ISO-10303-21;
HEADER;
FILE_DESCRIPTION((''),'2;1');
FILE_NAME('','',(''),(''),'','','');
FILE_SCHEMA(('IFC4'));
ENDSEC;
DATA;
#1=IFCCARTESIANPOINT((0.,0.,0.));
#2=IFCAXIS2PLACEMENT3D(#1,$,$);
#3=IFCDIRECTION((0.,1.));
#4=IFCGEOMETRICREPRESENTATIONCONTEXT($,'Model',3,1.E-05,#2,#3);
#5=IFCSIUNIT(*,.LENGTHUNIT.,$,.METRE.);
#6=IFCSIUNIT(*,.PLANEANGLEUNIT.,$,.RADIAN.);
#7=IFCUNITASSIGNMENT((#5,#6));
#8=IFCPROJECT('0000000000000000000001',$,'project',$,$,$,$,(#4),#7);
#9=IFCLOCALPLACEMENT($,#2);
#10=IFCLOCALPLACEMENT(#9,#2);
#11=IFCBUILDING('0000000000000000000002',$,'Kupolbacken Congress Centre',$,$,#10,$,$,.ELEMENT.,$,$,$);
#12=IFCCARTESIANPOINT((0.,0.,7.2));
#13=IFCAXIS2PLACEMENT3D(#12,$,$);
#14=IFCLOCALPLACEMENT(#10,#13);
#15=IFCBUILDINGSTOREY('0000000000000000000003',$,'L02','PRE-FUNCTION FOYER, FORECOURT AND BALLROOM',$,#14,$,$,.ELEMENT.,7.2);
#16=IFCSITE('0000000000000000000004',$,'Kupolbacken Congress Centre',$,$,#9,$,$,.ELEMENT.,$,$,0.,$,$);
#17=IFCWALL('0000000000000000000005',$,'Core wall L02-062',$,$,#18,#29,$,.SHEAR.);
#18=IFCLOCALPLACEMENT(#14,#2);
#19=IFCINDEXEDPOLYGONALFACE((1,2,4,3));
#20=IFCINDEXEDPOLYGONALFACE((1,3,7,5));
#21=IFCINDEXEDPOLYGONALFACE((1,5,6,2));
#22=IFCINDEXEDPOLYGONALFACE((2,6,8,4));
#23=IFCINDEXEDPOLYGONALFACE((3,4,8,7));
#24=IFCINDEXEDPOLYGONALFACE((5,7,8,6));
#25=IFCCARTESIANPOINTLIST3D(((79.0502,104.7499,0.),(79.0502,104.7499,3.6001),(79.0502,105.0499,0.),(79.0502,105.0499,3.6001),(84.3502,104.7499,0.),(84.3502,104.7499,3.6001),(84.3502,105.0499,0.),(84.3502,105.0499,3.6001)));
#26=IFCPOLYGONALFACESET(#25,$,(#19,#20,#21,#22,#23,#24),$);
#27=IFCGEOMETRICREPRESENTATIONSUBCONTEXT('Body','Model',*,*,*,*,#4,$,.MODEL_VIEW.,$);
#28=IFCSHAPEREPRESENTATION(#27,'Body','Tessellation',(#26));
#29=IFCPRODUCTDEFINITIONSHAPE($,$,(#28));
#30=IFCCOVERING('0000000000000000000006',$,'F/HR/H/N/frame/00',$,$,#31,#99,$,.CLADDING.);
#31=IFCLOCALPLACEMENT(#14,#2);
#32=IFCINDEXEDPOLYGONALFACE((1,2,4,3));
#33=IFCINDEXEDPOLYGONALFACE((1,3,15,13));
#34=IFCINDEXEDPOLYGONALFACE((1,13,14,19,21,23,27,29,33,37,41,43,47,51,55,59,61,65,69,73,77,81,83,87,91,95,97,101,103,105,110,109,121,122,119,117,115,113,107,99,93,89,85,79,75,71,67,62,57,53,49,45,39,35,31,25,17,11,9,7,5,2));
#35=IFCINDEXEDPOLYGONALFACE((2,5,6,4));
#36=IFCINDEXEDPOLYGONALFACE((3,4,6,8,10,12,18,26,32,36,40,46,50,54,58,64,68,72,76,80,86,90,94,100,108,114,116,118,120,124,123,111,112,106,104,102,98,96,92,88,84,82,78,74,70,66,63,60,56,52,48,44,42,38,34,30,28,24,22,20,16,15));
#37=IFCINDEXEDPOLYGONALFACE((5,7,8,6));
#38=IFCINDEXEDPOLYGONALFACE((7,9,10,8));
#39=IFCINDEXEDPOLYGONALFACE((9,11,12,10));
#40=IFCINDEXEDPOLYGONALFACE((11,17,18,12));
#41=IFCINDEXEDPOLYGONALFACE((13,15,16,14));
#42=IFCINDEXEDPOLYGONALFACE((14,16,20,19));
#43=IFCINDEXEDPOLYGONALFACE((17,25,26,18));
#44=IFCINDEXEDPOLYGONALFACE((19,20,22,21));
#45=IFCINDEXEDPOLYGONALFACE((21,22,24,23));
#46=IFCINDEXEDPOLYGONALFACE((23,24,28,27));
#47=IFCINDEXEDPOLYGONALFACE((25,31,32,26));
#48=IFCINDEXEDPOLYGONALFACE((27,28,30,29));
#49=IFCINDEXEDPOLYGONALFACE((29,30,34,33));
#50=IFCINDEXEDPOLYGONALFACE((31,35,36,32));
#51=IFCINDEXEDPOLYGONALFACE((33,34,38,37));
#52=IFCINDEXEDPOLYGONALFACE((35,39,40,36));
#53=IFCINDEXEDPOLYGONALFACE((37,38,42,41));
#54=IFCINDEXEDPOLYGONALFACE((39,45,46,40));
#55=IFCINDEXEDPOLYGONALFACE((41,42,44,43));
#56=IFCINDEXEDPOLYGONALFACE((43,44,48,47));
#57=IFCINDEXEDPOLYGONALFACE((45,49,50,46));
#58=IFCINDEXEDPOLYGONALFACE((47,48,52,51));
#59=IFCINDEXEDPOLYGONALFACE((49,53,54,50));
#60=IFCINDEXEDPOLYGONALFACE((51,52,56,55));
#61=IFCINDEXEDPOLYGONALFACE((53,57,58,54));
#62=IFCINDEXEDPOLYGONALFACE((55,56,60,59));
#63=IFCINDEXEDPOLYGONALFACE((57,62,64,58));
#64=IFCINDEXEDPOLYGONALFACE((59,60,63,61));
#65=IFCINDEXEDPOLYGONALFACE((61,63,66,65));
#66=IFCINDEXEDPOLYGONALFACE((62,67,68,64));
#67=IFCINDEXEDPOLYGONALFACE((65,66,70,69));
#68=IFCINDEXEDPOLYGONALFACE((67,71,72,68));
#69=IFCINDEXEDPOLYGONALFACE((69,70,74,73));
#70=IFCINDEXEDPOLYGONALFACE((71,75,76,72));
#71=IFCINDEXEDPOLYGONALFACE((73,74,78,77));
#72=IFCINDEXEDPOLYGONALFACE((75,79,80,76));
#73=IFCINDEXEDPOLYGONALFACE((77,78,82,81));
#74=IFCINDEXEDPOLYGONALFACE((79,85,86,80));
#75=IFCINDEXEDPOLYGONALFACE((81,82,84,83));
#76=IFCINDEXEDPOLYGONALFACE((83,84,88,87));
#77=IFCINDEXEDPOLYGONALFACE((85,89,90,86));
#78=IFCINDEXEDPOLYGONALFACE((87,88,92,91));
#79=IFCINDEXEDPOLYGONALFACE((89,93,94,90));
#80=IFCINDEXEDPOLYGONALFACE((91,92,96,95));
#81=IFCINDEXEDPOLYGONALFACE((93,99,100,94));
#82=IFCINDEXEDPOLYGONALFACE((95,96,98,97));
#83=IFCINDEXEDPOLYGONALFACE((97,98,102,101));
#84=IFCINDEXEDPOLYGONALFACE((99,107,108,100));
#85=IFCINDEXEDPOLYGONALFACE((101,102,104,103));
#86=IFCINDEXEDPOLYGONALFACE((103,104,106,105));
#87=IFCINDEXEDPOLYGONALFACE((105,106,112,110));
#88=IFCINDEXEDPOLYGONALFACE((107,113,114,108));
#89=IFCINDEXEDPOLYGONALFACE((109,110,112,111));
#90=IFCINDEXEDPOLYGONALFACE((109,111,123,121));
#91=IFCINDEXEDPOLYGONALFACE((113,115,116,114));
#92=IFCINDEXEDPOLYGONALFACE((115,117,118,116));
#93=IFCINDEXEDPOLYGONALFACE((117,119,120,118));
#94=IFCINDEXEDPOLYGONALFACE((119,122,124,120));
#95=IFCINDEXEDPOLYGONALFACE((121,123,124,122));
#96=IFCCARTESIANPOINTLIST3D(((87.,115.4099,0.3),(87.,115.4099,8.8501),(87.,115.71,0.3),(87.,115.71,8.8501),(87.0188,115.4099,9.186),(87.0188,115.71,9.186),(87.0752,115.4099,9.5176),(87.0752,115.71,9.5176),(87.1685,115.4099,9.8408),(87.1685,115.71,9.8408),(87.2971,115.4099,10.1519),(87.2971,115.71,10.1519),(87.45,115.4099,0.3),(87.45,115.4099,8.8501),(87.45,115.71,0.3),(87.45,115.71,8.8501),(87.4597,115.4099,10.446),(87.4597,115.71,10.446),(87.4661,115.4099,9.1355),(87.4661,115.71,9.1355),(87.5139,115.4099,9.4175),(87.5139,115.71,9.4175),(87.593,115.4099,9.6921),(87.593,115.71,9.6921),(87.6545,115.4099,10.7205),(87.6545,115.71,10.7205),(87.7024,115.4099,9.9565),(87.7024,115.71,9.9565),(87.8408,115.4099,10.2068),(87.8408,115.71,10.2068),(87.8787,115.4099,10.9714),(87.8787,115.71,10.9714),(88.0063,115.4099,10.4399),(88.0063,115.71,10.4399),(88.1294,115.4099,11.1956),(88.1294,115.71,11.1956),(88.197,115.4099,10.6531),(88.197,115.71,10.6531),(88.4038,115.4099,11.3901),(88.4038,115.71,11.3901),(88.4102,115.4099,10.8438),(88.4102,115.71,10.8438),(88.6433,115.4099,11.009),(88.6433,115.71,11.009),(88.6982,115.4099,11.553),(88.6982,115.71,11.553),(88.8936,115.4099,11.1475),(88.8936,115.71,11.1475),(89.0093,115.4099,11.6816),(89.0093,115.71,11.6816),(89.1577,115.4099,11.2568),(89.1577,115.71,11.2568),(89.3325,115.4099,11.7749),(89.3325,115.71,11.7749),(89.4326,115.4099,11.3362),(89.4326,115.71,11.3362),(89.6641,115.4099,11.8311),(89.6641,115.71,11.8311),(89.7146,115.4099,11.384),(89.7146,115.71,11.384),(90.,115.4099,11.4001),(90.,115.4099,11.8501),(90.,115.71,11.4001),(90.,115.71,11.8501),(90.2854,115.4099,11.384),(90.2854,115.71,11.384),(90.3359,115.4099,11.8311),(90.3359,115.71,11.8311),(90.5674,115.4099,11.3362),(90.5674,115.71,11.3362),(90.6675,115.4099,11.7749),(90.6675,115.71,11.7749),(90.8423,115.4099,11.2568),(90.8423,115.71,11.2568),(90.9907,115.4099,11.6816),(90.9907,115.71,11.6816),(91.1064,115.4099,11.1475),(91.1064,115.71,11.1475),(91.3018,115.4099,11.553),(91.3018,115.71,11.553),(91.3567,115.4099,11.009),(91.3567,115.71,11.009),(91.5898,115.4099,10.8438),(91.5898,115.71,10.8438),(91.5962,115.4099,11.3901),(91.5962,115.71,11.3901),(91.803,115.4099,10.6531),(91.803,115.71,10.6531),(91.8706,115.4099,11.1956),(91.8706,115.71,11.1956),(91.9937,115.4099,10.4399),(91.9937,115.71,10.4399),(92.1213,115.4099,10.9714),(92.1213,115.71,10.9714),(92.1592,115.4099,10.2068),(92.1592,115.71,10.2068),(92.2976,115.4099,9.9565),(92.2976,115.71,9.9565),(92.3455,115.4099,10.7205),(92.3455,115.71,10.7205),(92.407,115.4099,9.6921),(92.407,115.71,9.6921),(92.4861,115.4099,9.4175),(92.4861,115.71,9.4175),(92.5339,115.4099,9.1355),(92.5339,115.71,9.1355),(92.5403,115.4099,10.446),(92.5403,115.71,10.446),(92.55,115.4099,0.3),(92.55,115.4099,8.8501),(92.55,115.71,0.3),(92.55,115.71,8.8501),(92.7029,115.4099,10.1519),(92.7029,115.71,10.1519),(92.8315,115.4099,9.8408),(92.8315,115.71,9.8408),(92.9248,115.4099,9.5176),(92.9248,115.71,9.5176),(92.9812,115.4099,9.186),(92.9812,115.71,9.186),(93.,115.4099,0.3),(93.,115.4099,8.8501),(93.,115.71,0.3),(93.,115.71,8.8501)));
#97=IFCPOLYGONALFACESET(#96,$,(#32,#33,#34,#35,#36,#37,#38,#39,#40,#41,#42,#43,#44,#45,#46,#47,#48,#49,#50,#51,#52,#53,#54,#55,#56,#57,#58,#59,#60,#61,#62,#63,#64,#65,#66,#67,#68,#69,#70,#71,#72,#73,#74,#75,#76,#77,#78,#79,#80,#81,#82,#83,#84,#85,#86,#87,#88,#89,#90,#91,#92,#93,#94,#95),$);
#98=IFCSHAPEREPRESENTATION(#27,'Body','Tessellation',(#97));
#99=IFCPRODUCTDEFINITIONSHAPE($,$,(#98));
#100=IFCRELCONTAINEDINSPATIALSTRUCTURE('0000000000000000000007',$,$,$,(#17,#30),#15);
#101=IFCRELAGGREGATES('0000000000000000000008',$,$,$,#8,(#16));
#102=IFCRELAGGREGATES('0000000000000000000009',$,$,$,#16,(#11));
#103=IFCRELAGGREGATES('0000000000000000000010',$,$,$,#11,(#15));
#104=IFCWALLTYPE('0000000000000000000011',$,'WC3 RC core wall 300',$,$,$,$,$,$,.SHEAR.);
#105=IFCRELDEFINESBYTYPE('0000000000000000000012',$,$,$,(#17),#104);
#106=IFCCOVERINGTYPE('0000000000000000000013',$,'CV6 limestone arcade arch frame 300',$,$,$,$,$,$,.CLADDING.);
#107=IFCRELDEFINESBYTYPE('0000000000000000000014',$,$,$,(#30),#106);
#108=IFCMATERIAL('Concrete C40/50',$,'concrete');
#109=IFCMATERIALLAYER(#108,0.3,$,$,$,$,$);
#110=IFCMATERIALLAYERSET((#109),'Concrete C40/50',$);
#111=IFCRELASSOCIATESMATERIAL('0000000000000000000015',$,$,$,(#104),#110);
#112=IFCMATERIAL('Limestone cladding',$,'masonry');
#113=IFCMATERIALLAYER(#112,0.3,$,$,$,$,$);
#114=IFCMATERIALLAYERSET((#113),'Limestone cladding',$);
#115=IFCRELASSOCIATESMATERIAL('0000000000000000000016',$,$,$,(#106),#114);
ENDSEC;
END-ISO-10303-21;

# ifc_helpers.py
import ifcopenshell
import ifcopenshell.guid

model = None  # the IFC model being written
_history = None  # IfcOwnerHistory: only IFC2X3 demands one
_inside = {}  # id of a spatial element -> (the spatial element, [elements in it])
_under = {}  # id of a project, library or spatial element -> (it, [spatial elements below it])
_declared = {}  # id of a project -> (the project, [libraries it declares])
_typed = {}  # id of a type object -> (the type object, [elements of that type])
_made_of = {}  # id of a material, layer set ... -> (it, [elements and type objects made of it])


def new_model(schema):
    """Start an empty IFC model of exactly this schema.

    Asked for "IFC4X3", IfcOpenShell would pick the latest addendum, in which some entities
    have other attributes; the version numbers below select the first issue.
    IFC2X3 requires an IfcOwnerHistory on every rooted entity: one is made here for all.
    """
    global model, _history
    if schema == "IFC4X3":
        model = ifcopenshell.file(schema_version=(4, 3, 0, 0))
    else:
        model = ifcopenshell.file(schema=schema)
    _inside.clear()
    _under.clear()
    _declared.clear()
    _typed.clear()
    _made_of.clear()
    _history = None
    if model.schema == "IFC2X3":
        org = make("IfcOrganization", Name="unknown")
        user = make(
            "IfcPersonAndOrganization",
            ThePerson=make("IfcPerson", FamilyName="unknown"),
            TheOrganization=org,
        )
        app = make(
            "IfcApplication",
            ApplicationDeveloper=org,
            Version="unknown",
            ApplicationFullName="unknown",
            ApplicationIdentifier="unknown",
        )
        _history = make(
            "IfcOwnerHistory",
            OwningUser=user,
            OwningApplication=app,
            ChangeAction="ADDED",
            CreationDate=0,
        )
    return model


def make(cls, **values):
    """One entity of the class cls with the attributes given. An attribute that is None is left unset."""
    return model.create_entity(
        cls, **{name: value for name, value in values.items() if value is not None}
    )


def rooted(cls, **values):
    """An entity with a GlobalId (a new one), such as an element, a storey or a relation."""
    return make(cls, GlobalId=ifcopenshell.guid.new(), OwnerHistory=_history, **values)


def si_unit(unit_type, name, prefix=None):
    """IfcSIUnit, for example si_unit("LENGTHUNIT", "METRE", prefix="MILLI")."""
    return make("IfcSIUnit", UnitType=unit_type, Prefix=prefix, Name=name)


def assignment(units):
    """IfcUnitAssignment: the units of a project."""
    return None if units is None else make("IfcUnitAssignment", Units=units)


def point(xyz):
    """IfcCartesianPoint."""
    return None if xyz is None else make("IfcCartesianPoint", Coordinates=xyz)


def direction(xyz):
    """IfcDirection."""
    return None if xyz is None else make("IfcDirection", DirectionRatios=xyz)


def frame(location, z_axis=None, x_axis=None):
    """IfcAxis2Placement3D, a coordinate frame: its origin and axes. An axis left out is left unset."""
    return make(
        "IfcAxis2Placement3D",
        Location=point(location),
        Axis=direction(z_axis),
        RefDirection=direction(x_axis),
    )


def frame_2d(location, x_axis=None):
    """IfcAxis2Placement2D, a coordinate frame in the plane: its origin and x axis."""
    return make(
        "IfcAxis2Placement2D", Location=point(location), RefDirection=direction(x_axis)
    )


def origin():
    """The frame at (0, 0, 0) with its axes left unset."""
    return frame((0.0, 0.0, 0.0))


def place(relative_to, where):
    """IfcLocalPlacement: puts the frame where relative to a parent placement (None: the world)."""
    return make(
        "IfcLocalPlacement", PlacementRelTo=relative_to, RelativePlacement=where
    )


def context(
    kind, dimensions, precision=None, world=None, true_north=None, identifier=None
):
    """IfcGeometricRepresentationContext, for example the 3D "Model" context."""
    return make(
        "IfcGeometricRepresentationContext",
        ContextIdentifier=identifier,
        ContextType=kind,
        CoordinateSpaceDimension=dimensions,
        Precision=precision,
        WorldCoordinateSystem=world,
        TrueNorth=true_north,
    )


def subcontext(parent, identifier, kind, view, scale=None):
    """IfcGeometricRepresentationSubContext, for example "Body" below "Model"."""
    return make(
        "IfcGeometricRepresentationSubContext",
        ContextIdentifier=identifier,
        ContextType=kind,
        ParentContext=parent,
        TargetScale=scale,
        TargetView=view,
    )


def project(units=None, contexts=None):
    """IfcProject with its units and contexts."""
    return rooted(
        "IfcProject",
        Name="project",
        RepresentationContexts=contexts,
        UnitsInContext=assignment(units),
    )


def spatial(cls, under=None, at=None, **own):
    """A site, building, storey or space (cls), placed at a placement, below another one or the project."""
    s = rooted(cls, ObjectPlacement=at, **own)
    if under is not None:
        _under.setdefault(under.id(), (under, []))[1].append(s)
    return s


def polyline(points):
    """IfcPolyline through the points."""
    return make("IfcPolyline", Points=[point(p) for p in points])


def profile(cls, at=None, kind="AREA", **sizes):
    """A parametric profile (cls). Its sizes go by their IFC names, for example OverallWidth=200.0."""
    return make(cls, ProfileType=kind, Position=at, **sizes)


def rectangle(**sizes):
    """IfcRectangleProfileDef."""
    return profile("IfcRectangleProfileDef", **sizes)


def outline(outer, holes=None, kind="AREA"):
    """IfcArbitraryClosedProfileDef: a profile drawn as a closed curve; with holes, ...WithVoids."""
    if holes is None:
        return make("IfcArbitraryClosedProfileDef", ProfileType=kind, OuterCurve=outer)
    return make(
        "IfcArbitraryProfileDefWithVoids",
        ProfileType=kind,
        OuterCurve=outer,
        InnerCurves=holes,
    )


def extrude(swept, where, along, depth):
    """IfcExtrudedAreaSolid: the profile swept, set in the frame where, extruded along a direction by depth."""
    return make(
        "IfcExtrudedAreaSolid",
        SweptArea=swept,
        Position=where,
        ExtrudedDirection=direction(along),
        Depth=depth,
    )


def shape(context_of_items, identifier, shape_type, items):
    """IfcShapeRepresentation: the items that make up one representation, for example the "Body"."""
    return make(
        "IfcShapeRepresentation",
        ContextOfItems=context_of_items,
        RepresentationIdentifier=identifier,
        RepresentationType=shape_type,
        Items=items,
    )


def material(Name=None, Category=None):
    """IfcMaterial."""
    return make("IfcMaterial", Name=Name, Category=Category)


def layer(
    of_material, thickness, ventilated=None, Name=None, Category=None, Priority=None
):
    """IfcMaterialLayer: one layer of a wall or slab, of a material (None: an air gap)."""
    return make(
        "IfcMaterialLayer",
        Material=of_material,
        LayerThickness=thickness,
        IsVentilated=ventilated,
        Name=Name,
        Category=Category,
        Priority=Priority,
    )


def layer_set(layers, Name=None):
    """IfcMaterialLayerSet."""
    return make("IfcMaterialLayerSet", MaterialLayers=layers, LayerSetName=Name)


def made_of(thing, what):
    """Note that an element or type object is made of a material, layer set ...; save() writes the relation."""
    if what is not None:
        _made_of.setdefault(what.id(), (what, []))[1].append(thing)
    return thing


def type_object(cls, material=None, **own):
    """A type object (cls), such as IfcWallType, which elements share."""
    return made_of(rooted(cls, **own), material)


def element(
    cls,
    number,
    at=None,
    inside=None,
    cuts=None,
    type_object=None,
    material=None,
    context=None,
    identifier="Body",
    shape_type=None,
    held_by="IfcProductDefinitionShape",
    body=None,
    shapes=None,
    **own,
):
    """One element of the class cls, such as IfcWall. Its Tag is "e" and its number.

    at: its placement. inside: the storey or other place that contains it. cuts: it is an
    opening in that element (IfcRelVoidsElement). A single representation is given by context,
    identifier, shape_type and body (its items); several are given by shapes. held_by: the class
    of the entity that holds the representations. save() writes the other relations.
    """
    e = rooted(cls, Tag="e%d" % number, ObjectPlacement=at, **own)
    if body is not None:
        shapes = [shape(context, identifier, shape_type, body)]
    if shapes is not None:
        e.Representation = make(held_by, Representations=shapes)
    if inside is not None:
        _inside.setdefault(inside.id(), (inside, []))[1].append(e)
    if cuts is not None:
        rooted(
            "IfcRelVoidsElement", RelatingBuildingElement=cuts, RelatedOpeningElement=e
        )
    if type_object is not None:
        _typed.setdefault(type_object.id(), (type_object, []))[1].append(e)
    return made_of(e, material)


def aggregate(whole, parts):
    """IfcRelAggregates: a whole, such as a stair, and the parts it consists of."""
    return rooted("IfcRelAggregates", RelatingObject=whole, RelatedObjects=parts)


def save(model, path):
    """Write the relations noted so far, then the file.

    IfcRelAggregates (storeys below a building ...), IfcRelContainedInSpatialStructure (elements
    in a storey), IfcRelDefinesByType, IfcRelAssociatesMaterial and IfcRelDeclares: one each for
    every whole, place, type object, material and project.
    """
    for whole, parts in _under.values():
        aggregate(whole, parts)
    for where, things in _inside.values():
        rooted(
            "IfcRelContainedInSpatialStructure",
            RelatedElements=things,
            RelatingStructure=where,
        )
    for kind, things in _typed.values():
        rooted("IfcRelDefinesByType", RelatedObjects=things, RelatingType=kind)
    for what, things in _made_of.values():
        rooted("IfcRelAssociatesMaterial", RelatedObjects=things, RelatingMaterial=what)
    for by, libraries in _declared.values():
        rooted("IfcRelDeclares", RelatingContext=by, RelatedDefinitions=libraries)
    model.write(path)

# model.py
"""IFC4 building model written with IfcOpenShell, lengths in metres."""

from ifc_helpers import new_model, si_unit, direction, frame, frame_2d, origin, place, context, subcontext, project, spatial, polyline, rectangle, outline, extrude, material, layer, layer_set, type_object, element, save


model = new_model("IFC4")

# Units and contexts
model_context = context("Model", 3, precision=1e-05, world=origin(), true_north=direction((0.0, 1.0)))
body_context = subcontext(model_context, "Body", "Model", "MODEL_VIEW")
ifc_project = project(units=[si_unit("LENGTHUNIT", "METRE"), si_unit("PLANEANGLEUNIT", "RADIAN")], contexts=[model_context])

# Site, building, storey
site_placement = place(None, origin())
site = spatial("IfcSite", under=ifc_project, at=site_placement, Name="Kupolbacken Congress Centre", CompositionType="ELEMENT", RefElevation=0.0)
building_placement = place(site_placement, origin())
building = spatial("IfcBuilding", under=site, at=building_placement, Name="Kupolbacken Congress Centre", CompositionType="ELEMENT")
storey_placement = place(building_placement, frame((0.0, 0.0, 7.2)))
storey = spatial("IfcBuildingStorey", under=building, at=storey_placement, Name="L02", Description="PRE-FUNCTION FOYER, FORECOURT AND BALLROOM", CompositionType="ELEMENT", Elevation=7.2)

# Wall
ifc_material_1 = material(Name="Concrete C40/50", Category="concrete")
ifc_layer_1 = layer(ifc_material_1, 0.3)
ifc_layer_set_1 = layer_set([ifc_layer_1], Name="Concrete C40/50")
wall_type_1 = type_object("IfcWallType", Name="WC3 RC core wall 300", PredefinedType="SHEAR", material=ifc_layer_set_1)
wall_1_placement = place(storey_placement, frame((84.3501, 104.8999, 0.0), z_axis=(0.0, 0.0, 1.0), x_axis=(-1.0, 0.0, 0.0)))
element("IfcWall", 1, at=wall_1_placement, inside=storey, type_object=wall_type_1, Name="Core wall L02-062", PredefinedType="SHEAR", context=body_context, shape_type="SweptSolid", body=[
    extrude(rectangle(XDim=5.3, YDim=0.3, at=frame_2d((2.6499, 0.0))), origin(), (0.0, 0.0, 1.0), 3.6001),
])

# Covering
ifc_material_2 = material(Name="Limestone cladding", Category="masonry")
ifc_layer_2 = layer(ifc_material_2, 0.3)
ifc_layer_set_2 = layer_set([ifc_layer_2], Name="Limestone cladding")
covering_type = type_object("IfcCoveringType", Name="CV6 limestone arcade arch frame 300", PredefinedType="CLADDING", material=ifc_layer_set_2)
covering_placement = place(storey_placement, frame((87.0, 115.4099, 0.3), z_axis=(0.0, 1.0, 0.0), x_axis=(-1.0, 0.0, 0.0)))
element("IfcCovering", 2, at=covering_placement, inside=storey, type_object=covering_type, Name="F/HR/H/N/frame/00", PredefinedType="CLADDING", context=body_context, shape_type="SweptSolid", body=[
    extrude(outline(polyline([(0.0, 0.0), (0.0, 8.55), (-0.0188, 8.886), (-0.0752, 9.2175), (-0.1685, 9.5408), (-0.2971, 9.8518), (-0.4597, 10.146), (-0.6545, 10.4204), (-0.8787, 10.6714), (-1.1294, 10.8955), (-1.4038, 11.0901), (-1.6982, 11.2529), (-2.0093, 11.3816), (-2.3325, 11.4749), (-2.6641, 11.531), (-3.0, 11.55), (-3.3359, 11.531), (-3.6675, 11.4749), (-3.9907, 11.3816), (-4.3018, 11.2529), (-4.5962, 11.0901), (-4.8706, 10.8955), (-5.1213, 10.6714), (-5.3455, 10.4204), (-5.5403, 10.146), (-5.7029, 9.8518), (-5.8315, 9.5408), (-5.9248, 9.2175), (-5.9812, 8.886), (-6.0, 8.55), (-6.0, 0.0), (-5.55, 0.0), (-5.55, 8.55), (-5.5339, 8.8354), (-5.4861, 9.1174), (-5.407, 9.3921), (-5.2976, 9.6565), (-5.1592, 9.9067), (-4.9937, 10.1399), (-4.803, 10.353), (-4.5898, 10.5437), (-4.3567, 10.709), (-4.1064, 10.8474), (-3.8423, 10.9568), (-3.5674, 11.0361), (-3.2854, 11.084), (-3.0, 11.1001), (-2.7146, 11.084), (-2.4326, 11.0361), (-2.1577, 10.9568), (-1.8936, 10.8474), (-1.6433, 10.709), (-1.4102, 10.5437), (-1.197, 10.353), (-1.0063, 10.1399), (-0.8408, 9.9067), (-0.7024, 9.6565), (-0.593, 9.3921), (-0.5139, 9.1174), (-0.4661, 8.8354), (-0.45, 8.55), (-0.45, 0.0), (0.0, 0.0)])), origin(), (0.0, 0.0, 1.0), 0.3),
])

save(model, "model.ifc")
